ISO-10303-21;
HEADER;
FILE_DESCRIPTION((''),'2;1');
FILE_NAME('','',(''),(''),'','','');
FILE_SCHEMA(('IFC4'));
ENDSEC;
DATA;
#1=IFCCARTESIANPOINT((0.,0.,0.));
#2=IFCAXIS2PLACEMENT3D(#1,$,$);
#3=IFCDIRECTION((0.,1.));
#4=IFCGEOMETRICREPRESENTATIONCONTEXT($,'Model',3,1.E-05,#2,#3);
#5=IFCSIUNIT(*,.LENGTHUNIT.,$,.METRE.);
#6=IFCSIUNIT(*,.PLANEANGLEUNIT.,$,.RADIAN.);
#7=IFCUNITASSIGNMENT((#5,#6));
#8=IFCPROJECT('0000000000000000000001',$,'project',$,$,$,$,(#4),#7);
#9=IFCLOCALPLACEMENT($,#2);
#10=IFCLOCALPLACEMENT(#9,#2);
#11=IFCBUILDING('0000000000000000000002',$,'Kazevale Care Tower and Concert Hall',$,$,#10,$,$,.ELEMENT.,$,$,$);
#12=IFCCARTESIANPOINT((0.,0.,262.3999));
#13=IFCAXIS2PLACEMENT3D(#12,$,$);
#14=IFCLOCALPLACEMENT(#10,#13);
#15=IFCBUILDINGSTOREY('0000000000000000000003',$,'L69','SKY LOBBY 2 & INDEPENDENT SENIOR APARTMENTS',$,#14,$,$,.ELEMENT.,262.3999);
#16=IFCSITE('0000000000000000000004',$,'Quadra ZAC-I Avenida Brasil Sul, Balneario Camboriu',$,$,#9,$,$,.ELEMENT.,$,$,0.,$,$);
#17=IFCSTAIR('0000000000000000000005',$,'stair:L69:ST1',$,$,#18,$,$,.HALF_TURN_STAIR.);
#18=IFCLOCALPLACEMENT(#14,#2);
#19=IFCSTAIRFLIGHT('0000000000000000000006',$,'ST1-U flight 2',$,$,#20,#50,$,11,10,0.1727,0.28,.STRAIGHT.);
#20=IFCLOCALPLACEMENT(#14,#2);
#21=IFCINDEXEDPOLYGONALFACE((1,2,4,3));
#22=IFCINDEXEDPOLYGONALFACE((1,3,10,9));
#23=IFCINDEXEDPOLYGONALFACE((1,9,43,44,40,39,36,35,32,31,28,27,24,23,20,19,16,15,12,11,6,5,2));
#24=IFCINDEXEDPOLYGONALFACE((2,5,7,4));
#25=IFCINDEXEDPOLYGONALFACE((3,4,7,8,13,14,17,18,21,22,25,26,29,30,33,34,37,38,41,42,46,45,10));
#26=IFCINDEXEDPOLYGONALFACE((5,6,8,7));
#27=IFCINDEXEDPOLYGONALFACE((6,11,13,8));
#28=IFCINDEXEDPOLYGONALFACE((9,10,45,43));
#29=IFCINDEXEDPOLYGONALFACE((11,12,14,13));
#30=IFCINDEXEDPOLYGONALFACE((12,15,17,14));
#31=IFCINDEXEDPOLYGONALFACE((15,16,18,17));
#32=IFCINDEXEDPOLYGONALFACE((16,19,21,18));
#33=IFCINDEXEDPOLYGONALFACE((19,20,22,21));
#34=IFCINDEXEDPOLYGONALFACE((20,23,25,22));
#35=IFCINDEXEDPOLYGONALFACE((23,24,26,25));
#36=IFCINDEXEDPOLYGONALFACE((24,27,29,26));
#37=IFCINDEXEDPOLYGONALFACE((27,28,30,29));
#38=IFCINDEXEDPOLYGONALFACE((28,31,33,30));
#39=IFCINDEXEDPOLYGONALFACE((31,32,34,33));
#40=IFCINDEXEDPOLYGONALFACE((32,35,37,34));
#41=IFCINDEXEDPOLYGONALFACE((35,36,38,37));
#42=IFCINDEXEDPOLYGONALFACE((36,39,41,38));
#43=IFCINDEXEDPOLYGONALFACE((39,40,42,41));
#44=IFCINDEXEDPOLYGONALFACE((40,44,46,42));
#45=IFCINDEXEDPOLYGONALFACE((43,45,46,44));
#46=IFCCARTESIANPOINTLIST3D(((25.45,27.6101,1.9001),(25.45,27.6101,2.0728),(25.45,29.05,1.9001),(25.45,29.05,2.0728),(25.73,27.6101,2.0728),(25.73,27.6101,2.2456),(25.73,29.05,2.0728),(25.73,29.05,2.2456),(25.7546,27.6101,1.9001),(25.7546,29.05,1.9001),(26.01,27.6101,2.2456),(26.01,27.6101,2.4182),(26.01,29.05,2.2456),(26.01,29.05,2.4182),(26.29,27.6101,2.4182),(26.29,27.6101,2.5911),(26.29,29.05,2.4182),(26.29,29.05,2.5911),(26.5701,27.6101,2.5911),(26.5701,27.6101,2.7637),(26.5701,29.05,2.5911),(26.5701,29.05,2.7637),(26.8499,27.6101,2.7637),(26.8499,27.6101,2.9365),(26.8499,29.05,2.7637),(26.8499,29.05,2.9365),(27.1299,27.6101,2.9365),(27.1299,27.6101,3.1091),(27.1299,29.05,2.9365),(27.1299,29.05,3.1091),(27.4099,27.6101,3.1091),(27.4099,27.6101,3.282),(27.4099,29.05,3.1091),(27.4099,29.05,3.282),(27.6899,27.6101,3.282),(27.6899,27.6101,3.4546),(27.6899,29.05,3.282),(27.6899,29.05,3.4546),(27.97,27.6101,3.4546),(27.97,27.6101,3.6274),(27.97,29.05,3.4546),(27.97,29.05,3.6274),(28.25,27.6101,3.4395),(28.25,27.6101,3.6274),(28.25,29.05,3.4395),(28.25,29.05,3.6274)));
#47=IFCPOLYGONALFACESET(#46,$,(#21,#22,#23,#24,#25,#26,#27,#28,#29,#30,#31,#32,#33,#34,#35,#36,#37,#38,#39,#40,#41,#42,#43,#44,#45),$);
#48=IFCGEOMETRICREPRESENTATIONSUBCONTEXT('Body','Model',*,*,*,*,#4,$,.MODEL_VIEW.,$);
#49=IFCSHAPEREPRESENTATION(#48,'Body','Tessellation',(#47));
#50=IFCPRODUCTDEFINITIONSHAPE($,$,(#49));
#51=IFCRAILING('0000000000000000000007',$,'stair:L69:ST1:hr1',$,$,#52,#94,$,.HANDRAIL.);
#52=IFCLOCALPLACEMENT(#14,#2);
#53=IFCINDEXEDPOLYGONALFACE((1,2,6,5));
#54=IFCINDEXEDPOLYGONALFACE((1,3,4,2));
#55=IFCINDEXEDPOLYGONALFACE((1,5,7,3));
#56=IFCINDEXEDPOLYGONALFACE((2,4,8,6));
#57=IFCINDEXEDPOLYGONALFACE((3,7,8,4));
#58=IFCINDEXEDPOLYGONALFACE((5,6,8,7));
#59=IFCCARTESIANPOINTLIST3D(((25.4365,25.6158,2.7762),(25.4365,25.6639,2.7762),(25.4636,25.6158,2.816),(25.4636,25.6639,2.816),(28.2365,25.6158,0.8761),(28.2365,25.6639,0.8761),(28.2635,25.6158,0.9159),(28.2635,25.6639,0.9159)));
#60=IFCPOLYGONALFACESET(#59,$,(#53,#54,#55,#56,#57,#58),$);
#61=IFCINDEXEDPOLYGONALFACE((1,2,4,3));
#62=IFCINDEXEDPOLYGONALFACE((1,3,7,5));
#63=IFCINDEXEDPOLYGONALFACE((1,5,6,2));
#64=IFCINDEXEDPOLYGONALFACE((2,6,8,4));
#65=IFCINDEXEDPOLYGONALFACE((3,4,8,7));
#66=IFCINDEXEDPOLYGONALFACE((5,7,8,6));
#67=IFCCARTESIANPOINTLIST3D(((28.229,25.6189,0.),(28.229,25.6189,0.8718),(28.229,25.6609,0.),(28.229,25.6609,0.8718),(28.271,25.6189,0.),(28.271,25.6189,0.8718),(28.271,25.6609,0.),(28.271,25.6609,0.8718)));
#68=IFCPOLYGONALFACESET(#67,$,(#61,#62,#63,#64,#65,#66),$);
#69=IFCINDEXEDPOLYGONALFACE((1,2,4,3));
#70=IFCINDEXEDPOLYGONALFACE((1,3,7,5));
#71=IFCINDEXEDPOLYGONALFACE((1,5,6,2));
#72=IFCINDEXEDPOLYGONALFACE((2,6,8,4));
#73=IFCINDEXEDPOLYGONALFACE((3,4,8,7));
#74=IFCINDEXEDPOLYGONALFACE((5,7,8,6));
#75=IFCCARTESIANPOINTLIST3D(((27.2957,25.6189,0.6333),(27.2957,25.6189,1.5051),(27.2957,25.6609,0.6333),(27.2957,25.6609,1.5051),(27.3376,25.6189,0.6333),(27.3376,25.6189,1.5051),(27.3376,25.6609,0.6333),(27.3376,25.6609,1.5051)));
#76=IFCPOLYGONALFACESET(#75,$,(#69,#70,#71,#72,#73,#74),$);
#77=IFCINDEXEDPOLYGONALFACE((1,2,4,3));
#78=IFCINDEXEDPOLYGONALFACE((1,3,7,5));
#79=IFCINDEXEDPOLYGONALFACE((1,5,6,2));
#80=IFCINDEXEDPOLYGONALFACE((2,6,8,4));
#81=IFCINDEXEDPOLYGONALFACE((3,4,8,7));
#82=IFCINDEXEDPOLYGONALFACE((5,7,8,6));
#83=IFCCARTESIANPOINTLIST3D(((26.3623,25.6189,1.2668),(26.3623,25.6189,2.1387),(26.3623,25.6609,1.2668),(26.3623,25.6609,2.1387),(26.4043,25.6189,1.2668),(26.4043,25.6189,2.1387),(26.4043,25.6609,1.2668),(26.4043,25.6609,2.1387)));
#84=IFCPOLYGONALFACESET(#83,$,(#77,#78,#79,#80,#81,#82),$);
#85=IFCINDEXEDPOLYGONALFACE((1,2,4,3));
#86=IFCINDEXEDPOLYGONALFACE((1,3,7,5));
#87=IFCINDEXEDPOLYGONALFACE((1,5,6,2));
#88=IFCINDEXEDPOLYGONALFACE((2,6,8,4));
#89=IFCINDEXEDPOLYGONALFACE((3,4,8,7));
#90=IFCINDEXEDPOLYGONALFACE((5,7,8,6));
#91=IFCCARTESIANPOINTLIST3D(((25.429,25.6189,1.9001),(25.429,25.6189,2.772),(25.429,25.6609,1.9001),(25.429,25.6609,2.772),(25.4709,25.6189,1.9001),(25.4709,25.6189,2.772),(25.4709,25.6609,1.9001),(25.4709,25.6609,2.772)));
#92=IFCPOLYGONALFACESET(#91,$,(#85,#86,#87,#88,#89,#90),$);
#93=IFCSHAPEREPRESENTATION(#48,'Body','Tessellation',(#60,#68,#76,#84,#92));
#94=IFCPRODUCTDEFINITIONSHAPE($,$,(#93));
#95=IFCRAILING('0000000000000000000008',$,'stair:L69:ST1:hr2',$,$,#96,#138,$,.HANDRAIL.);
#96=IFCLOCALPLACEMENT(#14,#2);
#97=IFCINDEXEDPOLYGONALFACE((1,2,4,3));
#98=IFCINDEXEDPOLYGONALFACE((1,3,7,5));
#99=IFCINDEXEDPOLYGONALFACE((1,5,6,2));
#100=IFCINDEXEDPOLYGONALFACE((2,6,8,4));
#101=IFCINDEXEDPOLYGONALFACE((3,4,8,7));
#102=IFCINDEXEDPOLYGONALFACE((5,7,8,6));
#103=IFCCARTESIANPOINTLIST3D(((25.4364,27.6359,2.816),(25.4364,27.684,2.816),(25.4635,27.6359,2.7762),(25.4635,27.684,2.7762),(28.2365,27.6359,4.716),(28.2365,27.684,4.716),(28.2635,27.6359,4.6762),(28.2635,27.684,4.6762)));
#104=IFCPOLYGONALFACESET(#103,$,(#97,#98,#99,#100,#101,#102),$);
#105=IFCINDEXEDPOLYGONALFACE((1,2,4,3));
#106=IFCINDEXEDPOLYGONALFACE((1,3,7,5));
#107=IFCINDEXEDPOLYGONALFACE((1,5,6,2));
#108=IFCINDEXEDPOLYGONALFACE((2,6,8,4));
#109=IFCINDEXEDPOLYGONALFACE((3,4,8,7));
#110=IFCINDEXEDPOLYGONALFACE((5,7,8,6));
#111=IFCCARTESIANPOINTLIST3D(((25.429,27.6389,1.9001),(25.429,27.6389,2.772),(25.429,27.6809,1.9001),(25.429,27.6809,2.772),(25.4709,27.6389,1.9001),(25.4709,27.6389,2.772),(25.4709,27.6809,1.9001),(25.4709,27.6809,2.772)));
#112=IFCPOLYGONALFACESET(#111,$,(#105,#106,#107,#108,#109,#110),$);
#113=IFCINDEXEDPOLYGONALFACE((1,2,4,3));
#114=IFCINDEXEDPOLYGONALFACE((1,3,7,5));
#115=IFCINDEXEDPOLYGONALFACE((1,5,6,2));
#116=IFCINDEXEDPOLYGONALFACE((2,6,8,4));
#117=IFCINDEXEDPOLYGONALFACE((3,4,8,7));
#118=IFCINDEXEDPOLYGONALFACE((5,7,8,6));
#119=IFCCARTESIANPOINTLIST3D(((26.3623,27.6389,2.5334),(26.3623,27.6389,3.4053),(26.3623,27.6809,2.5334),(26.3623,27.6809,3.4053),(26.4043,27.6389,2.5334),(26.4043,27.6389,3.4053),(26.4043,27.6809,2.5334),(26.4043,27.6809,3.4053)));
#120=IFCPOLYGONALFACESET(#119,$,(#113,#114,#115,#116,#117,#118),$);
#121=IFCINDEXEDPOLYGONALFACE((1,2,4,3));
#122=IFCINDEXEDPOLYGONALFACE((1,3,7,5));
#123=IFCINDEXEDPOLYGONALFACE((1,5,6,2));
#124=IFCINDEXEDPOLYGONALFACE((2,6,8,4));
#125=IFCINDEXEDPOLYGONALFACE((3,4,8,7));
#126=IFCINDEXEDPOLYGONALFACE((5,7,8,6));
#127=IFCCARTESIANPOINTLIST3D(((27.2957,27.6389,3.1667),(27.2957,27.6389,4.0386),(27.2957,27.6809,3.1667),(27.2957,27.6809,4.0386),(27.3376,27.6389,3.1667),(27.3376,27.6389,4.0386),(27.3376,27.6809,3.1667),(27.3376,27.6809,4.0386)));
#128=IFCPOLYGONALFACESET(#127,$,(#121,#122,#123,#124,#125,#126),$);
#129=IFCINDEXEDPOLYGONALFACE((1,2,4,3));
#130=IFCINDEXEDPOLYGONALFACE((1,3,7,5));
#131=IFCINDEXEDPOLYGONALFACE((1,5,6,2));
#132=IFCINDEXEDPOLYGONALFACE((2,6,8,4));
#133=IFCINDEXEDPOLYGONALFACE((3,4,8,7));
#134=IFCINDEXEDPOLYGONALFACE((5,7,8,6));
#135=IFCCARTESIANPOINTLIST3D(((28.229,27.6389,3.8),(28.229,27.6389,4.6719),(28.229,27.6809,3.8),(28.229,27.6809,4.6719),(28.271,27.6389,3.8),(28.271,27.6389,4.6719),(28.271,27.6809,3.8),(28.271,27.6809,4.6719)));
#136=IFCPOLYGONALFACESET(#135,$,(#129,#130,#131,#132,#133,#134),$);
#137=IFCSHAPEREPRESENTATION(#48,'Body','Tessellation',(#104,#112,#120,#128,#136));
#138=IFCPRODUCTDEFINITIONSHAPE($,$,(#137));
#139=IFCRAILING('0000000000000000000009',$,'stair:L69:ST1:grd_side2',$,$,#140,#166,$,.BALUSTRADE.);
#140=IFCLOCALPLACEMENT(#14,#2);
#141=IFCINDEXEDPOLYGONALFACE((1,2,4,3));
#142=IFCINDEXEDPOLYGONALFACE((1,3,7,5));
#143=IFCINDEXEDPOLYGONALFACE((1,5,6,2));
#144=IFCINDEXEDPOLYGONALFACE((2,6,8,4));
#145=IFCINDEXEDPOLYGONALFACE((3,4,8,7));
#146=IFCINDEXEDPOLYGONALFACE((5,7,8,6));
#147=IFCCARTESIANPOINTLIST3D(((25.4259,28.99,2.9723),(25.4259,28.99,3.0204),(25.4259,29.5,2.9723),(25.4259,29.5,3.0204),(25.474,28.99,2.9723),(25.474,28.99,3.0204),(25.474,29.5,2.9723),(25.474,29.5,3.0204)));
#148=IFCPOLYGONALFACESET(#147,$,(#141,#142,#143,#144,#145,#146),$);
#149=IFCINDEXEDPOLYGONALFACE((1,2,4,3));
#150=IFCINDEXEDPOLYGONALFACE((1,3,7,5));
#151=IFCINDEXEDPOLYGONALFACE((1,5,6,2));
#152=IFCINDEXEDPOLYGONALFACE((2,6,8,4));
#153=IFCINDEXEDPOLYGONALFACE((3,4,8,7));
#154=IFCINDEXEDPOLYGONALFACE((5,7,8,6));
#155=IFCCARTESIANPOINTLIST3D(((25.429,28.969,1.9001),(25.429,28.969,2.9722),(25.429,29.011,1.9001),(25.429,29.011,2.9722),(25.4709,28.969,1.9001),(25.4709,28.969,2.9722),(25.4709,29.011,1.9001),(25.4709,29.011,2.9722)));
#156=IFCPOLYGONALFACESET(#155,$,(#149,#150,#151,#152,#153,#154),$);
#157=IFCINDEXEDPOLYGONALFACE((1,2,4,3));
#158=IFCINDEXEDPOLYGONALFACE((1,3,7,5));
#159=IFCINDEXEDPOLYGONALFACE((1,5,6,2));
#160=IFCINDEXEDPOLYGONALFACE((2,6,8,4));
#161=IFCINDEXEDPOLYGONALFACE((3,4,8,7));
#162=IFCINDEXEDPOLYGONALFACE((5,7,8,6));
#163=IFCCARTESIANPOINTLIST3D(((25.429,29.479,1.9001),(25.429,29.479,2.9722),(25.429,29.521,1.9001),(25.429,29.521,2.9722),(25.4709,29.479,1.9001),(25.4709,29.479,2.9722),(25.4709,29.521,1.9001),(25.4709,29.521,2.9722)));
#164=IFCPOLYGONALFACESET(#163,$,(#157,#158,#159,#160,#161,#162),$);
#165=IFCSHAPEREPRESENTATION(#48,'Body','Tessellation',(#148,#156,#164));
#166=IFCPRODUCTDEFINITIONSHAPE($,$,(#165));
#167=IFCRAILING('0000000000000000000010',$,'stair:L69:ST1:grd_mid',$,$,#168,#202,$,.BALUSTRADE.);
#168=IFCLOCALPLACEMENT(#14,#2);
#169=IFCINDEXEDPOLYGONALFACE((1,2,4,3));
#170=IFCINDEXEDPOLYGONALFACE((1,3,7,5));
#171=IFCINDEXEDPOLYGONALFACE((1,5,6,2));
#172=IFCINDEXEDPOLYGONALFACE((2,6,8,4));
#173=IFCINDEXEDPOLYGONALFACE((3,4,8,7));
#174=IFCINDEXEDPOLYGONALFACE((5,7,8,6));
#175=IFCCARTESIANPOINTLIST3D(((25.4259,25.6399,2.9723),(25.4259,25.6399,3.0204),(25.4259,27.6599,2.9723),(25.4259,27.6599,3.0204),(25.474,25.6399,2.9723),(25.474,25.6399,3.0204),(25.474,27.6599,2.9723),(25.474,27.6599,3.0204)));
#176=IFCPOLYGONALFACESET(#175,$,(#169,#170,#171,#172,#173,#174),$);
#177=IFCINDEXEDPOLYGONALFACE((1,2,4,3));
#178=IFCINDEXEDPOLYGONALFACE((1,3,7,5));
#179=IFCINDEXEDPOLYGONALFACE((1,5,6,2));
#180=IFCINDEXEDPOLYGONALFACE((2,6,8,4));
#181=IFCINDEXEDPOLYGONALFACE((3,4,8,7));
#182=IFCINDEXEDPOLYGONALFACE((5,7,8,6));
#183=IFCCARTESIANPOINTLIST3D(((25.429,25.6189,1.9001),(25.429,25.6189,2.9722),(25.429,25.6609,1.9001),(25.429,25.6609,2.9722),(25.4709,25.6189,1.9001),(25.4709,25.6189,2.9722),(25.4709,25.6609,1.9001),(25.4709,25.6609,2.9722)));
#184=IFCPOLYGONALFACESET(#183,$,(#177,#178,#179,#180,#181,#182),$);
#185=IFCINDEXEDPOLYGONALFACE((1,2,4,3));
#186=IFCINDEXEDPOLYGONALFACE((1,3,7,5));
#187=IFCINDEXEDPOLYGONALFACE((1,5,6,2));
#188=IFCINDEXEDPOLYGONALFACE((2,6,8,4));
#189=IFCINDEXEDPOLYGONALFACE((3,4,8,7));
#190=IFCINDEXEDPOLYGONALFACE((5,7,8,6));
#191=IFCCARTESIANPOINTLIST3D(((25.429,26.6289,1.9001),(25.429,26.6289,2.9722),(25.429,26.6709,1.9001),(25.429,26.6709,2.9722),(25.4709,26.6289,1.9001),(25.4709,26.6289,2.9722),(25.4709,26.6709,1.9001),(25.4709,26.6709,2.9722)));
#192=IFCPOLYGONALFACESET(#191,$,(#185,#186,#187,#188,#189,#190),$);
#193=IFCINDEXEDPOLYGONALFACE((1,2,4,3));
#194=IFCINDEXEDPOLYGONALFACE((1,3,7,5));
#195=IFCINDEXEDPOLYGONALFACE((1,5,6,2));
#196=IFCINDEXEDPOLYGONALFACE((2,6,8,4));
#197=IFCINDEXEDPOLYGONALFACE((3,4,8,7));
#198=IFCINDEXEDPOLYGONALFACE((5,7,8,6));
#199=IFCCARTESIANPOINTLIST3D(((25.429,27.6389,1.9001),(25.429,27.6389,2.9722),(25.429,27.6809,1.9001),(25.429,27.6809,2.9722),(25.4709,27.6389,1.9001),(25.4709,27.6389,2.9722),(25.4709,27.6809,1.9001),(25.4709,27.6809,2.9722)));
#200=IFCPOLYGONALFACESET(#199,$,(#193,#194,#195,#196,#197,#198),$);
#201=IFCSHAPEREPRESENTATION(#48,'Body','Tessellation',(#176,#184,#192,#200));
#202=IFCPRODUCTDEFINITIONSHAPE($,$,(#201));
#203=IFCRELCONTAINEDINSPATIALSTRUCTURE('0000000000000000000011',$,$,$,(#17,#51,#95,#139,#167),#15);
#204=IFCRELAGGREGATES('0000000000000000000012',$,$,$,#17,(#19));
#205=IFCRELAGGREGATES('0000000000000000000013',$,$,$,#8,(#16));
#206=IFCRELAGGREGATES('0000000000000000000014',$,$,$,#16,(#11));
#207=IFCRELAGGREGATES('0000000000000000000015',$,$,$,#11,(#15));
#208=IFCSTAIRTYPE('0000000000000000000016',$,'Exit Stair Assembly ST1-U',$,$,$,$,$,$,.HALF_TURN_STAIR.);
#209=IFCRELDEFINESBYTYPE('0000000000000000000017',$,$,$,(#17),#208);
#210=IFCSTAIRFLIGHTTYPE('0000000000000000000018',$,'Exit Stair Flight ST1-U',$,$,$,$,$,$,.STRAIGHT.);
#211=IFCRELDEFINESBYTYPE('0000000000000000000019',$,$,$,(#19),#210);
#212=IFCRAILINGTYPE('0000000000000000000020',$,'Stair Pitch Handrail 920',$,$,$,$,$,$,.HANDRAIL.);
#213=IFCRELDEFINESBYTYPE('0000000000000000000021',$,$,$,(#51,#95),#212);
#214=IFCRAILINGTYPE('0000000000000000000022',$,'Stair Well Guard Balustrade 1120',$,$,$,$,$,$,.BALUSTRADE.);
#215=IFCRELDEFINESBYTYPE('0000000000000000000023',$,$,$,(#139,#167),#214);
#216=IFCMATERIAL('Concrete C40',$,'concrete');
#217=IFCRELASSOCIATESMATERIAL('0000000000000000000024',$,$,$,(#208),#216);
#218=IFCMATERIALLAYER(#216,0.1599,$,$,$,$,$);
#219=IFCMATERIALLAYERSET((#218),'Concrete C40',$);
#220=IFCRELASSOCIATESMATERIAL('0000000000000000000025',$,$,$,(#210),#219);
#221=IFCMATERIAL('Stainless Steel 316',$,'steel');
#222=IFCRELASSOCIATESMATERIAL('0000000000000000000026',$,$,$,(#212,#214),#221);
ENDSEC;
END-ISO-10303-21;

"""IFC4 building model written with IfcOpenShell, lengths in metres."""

from ifc_helpers import new_model, si_unit, direction, frame, origin, origin_2d, place, context, subcontext, project, spatial, polyline, rectangle, outline, extrude, material, layer, layer_set, type_object, element, aggregate, save


model = new_model("IFC4")

# Units and contexts
model_context = context("Model", 3, precision=1e-05, world=origin(), true_north=direction((0.0, 1.0)))
body_context = subcontext(model_context, "Body", "Model", "MODEL_VIEW")
ifc_project = project(units=[si_unit("LENGTHUNIT", "METRE"), si_unit("PLANEANGLEUNIT", "RADIAN")], contexts=[model_context])

# Site, building, storey
site_placement = place(None, origin())
site = spatial("IfcSite", under=ifc_project, at=site_placement, Name="Quadra ZAC-I Avenida Brasil Sul, Balneario Camboriu", CompositionType="ELEMENT", RefElevation=0.0)
building_placement = place(site_placement, origin())
building = spatial("IfcBuilding", under=site, at=building_placement, Name="Kazevale Care Tower and Concert Hall", CompositionType="ELEMENT")
storey_placement = place(building_placement, frame((0.0, 0.0, 262.3999)))
storey = spatial("IfcBuildingStorey", under=building, at=storey_placement, Name="L69", Description="SKY LOBBY 2 & INDEPENDENT SENIOR APARTMENTS", CompositionType="ELEMENT", Elevation=262.3999)

# Shared definitions
ifc_material_1 = material(Name="Concrete C40", Category="concrete")
ifc_material_2 = material(Name="Stainless Steel 316", Category="steel")

# Stair, stair flight
stair_type = type_object("IfcStairType", Name="Exit Stair Assembly ST1-U", PredefinedType="HALF_TURN_STAIR", material=ifc_material_1)
stair_placement = place(storey_placement, origin())
stair = element("IfcStair", 1, at=stair_placement, inside=storey, type_object=stair_type, Name="stair:L69:ST1", PredefinedType="HALF_TURN_STAIR")
ifc_layer_1 = layer(ifc_material_1, 0.1599)
ifc_layer_set_1 = layer_set([ifc_layer_1], Name="Concrete C40")
stair_flight_type = type_object("IfcStairFlightType", Name="Exit Stair Flight ST1-U", PredefinedType="STRAIGHT", material=ifc_layer_set_1)
stair_flight_1_placement = place(storey_placement, frame((25.45, 28.3301, 1.9001), z_axis=(0.0, 0.0, 1.0), x_axis=(1.0, 0.0, 0.0)))
stair_flight_1 = element("IfcStairFlight", 2, at=stair_flight_1_placement, type_object=stair_flight_type, Name="ST1-U flight 2", NumberOfRisers=11, NumberOfTreads=10, PredefinedType="STRAIGHT", RiserHeight=0.1727, TreadLength=0.28, context=body_context, shape_type="SweptSolid", body=[
    extrude(outline(polyline([(0.0, 0.0), (0.0, 0.1726), (0.28, 0.1726), (0.28, 0.3455), (0.5601, 0.3455), (0.5601, 0.5181), (0.8401, 0.5181), (0.8401, 0.6909), (1.1201, 0.6909), (1.1201, 0.8635), (1.3999, 0.8635), (1.3999, 1.0364), (1.6799, 1.0364), (1.6799, 1.209), (1.96, 1.209), (1.96, 1.3818), (2.24, 1.3818), (2.24, 1.5544), (2.52, 1.5544), (2.52, 1.7273), (2.8, 1.7273), (2.8, 1.8999), (2.8, 1.5393), (0.3047, 0.0), (0.0, 0.0)])), frame((0.0, 0.72, 0.0), z_axis=(0.0, -1.0, 0.0), x_axis=(1.0, 0.0, 0.0)), (0.0, 0.0, 1.0), 1.4399),
])
aggregate(stair, [stair_flight_1])

# Railings
railing_type_1 = type_object("IfcRailingType", Name="Stair Pitch Handrail 920", PredefinedType="HANDRAIL", material=ifc_material_2)
railing_1_placement = place(storey_placement, frame((28.25, 25.6399, 0.0)))
element("IfcRailing", 3, at=railing_1_placement, inside=storey, type_object=railing_type_1, Name="stair:L69:ST1:hr1", PredefinedType="HANDRAIL", context=body_context, shape_type="SweptSolid", body=[
    extrude(rectangle(XDim=0.0481, YDim=0.0481, at=origin_2d()), frame((0.0, 0.0, 0.896), z_axis=(-0.82746, 0.0, 0.561524), x_axis=(0.0, -1.0, 0.0)), (0.0, 0.0, 1.0), 3.3838),
    extrude(rectangle(XDim=0.042, YDim=0.042, at=origin_2d()), origin(), (0.0, 0.0, 1.0), 0.8718),
    extrude(rectangle(XDim=0.042, YDim=0.042, at=origin_2d()), frame((-0.9333, 0.0, 0.6333)), (0.0, 0.0, 1.0), 0.8718),
    extrude(rectangle(XDim=0.042, YDim=0.042, at=origin_2d()), frame((-1.8667, 0.0, 1.2668)), (0.0, 0.0, 1.0), 0.8718),
    extrude(rectangle(XDim=0.042, YDim=0.042, at=origin_2d()), frame((-2.8, 0.0, 1.9001)), (0.0, 0.0, 1.0), 0.8718),
])
railing_2_placement = place(storey_placement, frame((25.45, 27.6599, 1.9001)))
element("IfcRailing", 4, at=railing_2_placement, inside=storey, type_object=railing_type_1, Name="stair:L69:ST1:hr2", PredefinedType="HANDRAIL", context=body_context, shape_type="SweptSolid", body=[
    extrude(rectangle(XDim=0.0481, YDim=0.0481, at=origin_2d()), frame((0.0, 0.0, 0.896), z_axis=(0.827494, 0.0, 0.561475), x_axis=(0.0, 1.0, 0.0)), (0.0, 0.0, 1.0), 3.3838),
    extrude(rectangle(XDim=0.042, YDim=0.042, at=origin_2d()), origin(), (0.0, 0.0, 1.0), 0.8718),
    extrude(rectangle(XDim=0.042, YDim=0.042, at=origin_2d()), frame((0.9333, 0.0, 0.6333)), (0.0, 0.0, 1.0), 0.8718),
    extrude(rectangle(XDim=0.042, YDim=0.042, at=origin_2d()), frame((1.8667, 0.0, 1.2666)), (0.0, 0.0, 1.0), 0.8718),
    extrude(rectangle(XDim=0.042, YDim=0.042, at=origin_2d()), frame((2.8, 0.0, 1.8999)), (0.0, 0.0, 1.0), 0.8718),
])
railing_type_2 = type_object("IfcRailingType", Name="Stair Well Guard Balustrade 1120", PredefinedType="BALUSTRADE", material=ifc_material_2)
railing_3_placement = place(storey_placement, frame((25.45, 28.99, 1.9001)))
element("IfcRailing", 5, at=railing_3_placement, inside=storey, type_object=railing_type_2, Name="stair:L69:ST1:grd_side2", PredefinedType="BALUSTRADE", context=body_context, shape_type="SweptSolid", body=[
    extrude(rectangle(XDim=0.0481, YDim=0.0481, at=origin_2d()), frame((0.0, 0.0, 1.0962), z_axis=(0.0, 1.0, 0.0), x_axis=(-1.0, 0.0, 0.0)), (0.0, 0.0, 1.0), 0.51),
    extrude(rectangle(XDim=0.042, YDim=0.042, at=origin_2d()), origin(), (0.0, 0.0, 1.0), 1.072),
    extrude(rectangle(XDim=0.042, YDim=0.042, at=origin_2d()), frame((0.0, 0.51, 0.0)), (0.0, 0.0, 1.0), 1.072),
])
for number, where, name in (
    (6, (25.45, 25.6399, 1.9001), "stair:L69:ST1:grd_mid"),
):
    element("IfcRailing", number, at=place(storey_placement, frame(where)), inside=storey, type_object=railing_type_2, Name=name, PredefinedType="BALUSTRADE", context=body_context, shape_type="SweptSolid", body=[
        extrude(rectangle(XDim=0.0481, YDim=0.0481, at=origin_2d()), frame((0.0, 0.0, 1.0962), z_axis=(0.0, 1.0, 0.0), x_axis=(-1.0, 0.0, 0.0)), (0.0, 0.0, 1.0), 2.02),
        extrude(rectangle(XDim=0.042, YDim=0.042, at=origin_2d()), origin(), (0.0, 0.0, 1.0), 1.072),
        extrude(rectangle(XDim=0.042, YDim=0.042, at=origin_2d()), frame((0.0, 1.01, 0.0)), (0.0, 0.0, 1.0), 1.072),
        extrude(rectangle(XDim=0.042, YDim=0.042, at=origin_2d()), frame((0.0, 2.02, 0.0)), (0.0, 0.0, 1.0), 1.072),
    ])

save(model, "model.ifc")
